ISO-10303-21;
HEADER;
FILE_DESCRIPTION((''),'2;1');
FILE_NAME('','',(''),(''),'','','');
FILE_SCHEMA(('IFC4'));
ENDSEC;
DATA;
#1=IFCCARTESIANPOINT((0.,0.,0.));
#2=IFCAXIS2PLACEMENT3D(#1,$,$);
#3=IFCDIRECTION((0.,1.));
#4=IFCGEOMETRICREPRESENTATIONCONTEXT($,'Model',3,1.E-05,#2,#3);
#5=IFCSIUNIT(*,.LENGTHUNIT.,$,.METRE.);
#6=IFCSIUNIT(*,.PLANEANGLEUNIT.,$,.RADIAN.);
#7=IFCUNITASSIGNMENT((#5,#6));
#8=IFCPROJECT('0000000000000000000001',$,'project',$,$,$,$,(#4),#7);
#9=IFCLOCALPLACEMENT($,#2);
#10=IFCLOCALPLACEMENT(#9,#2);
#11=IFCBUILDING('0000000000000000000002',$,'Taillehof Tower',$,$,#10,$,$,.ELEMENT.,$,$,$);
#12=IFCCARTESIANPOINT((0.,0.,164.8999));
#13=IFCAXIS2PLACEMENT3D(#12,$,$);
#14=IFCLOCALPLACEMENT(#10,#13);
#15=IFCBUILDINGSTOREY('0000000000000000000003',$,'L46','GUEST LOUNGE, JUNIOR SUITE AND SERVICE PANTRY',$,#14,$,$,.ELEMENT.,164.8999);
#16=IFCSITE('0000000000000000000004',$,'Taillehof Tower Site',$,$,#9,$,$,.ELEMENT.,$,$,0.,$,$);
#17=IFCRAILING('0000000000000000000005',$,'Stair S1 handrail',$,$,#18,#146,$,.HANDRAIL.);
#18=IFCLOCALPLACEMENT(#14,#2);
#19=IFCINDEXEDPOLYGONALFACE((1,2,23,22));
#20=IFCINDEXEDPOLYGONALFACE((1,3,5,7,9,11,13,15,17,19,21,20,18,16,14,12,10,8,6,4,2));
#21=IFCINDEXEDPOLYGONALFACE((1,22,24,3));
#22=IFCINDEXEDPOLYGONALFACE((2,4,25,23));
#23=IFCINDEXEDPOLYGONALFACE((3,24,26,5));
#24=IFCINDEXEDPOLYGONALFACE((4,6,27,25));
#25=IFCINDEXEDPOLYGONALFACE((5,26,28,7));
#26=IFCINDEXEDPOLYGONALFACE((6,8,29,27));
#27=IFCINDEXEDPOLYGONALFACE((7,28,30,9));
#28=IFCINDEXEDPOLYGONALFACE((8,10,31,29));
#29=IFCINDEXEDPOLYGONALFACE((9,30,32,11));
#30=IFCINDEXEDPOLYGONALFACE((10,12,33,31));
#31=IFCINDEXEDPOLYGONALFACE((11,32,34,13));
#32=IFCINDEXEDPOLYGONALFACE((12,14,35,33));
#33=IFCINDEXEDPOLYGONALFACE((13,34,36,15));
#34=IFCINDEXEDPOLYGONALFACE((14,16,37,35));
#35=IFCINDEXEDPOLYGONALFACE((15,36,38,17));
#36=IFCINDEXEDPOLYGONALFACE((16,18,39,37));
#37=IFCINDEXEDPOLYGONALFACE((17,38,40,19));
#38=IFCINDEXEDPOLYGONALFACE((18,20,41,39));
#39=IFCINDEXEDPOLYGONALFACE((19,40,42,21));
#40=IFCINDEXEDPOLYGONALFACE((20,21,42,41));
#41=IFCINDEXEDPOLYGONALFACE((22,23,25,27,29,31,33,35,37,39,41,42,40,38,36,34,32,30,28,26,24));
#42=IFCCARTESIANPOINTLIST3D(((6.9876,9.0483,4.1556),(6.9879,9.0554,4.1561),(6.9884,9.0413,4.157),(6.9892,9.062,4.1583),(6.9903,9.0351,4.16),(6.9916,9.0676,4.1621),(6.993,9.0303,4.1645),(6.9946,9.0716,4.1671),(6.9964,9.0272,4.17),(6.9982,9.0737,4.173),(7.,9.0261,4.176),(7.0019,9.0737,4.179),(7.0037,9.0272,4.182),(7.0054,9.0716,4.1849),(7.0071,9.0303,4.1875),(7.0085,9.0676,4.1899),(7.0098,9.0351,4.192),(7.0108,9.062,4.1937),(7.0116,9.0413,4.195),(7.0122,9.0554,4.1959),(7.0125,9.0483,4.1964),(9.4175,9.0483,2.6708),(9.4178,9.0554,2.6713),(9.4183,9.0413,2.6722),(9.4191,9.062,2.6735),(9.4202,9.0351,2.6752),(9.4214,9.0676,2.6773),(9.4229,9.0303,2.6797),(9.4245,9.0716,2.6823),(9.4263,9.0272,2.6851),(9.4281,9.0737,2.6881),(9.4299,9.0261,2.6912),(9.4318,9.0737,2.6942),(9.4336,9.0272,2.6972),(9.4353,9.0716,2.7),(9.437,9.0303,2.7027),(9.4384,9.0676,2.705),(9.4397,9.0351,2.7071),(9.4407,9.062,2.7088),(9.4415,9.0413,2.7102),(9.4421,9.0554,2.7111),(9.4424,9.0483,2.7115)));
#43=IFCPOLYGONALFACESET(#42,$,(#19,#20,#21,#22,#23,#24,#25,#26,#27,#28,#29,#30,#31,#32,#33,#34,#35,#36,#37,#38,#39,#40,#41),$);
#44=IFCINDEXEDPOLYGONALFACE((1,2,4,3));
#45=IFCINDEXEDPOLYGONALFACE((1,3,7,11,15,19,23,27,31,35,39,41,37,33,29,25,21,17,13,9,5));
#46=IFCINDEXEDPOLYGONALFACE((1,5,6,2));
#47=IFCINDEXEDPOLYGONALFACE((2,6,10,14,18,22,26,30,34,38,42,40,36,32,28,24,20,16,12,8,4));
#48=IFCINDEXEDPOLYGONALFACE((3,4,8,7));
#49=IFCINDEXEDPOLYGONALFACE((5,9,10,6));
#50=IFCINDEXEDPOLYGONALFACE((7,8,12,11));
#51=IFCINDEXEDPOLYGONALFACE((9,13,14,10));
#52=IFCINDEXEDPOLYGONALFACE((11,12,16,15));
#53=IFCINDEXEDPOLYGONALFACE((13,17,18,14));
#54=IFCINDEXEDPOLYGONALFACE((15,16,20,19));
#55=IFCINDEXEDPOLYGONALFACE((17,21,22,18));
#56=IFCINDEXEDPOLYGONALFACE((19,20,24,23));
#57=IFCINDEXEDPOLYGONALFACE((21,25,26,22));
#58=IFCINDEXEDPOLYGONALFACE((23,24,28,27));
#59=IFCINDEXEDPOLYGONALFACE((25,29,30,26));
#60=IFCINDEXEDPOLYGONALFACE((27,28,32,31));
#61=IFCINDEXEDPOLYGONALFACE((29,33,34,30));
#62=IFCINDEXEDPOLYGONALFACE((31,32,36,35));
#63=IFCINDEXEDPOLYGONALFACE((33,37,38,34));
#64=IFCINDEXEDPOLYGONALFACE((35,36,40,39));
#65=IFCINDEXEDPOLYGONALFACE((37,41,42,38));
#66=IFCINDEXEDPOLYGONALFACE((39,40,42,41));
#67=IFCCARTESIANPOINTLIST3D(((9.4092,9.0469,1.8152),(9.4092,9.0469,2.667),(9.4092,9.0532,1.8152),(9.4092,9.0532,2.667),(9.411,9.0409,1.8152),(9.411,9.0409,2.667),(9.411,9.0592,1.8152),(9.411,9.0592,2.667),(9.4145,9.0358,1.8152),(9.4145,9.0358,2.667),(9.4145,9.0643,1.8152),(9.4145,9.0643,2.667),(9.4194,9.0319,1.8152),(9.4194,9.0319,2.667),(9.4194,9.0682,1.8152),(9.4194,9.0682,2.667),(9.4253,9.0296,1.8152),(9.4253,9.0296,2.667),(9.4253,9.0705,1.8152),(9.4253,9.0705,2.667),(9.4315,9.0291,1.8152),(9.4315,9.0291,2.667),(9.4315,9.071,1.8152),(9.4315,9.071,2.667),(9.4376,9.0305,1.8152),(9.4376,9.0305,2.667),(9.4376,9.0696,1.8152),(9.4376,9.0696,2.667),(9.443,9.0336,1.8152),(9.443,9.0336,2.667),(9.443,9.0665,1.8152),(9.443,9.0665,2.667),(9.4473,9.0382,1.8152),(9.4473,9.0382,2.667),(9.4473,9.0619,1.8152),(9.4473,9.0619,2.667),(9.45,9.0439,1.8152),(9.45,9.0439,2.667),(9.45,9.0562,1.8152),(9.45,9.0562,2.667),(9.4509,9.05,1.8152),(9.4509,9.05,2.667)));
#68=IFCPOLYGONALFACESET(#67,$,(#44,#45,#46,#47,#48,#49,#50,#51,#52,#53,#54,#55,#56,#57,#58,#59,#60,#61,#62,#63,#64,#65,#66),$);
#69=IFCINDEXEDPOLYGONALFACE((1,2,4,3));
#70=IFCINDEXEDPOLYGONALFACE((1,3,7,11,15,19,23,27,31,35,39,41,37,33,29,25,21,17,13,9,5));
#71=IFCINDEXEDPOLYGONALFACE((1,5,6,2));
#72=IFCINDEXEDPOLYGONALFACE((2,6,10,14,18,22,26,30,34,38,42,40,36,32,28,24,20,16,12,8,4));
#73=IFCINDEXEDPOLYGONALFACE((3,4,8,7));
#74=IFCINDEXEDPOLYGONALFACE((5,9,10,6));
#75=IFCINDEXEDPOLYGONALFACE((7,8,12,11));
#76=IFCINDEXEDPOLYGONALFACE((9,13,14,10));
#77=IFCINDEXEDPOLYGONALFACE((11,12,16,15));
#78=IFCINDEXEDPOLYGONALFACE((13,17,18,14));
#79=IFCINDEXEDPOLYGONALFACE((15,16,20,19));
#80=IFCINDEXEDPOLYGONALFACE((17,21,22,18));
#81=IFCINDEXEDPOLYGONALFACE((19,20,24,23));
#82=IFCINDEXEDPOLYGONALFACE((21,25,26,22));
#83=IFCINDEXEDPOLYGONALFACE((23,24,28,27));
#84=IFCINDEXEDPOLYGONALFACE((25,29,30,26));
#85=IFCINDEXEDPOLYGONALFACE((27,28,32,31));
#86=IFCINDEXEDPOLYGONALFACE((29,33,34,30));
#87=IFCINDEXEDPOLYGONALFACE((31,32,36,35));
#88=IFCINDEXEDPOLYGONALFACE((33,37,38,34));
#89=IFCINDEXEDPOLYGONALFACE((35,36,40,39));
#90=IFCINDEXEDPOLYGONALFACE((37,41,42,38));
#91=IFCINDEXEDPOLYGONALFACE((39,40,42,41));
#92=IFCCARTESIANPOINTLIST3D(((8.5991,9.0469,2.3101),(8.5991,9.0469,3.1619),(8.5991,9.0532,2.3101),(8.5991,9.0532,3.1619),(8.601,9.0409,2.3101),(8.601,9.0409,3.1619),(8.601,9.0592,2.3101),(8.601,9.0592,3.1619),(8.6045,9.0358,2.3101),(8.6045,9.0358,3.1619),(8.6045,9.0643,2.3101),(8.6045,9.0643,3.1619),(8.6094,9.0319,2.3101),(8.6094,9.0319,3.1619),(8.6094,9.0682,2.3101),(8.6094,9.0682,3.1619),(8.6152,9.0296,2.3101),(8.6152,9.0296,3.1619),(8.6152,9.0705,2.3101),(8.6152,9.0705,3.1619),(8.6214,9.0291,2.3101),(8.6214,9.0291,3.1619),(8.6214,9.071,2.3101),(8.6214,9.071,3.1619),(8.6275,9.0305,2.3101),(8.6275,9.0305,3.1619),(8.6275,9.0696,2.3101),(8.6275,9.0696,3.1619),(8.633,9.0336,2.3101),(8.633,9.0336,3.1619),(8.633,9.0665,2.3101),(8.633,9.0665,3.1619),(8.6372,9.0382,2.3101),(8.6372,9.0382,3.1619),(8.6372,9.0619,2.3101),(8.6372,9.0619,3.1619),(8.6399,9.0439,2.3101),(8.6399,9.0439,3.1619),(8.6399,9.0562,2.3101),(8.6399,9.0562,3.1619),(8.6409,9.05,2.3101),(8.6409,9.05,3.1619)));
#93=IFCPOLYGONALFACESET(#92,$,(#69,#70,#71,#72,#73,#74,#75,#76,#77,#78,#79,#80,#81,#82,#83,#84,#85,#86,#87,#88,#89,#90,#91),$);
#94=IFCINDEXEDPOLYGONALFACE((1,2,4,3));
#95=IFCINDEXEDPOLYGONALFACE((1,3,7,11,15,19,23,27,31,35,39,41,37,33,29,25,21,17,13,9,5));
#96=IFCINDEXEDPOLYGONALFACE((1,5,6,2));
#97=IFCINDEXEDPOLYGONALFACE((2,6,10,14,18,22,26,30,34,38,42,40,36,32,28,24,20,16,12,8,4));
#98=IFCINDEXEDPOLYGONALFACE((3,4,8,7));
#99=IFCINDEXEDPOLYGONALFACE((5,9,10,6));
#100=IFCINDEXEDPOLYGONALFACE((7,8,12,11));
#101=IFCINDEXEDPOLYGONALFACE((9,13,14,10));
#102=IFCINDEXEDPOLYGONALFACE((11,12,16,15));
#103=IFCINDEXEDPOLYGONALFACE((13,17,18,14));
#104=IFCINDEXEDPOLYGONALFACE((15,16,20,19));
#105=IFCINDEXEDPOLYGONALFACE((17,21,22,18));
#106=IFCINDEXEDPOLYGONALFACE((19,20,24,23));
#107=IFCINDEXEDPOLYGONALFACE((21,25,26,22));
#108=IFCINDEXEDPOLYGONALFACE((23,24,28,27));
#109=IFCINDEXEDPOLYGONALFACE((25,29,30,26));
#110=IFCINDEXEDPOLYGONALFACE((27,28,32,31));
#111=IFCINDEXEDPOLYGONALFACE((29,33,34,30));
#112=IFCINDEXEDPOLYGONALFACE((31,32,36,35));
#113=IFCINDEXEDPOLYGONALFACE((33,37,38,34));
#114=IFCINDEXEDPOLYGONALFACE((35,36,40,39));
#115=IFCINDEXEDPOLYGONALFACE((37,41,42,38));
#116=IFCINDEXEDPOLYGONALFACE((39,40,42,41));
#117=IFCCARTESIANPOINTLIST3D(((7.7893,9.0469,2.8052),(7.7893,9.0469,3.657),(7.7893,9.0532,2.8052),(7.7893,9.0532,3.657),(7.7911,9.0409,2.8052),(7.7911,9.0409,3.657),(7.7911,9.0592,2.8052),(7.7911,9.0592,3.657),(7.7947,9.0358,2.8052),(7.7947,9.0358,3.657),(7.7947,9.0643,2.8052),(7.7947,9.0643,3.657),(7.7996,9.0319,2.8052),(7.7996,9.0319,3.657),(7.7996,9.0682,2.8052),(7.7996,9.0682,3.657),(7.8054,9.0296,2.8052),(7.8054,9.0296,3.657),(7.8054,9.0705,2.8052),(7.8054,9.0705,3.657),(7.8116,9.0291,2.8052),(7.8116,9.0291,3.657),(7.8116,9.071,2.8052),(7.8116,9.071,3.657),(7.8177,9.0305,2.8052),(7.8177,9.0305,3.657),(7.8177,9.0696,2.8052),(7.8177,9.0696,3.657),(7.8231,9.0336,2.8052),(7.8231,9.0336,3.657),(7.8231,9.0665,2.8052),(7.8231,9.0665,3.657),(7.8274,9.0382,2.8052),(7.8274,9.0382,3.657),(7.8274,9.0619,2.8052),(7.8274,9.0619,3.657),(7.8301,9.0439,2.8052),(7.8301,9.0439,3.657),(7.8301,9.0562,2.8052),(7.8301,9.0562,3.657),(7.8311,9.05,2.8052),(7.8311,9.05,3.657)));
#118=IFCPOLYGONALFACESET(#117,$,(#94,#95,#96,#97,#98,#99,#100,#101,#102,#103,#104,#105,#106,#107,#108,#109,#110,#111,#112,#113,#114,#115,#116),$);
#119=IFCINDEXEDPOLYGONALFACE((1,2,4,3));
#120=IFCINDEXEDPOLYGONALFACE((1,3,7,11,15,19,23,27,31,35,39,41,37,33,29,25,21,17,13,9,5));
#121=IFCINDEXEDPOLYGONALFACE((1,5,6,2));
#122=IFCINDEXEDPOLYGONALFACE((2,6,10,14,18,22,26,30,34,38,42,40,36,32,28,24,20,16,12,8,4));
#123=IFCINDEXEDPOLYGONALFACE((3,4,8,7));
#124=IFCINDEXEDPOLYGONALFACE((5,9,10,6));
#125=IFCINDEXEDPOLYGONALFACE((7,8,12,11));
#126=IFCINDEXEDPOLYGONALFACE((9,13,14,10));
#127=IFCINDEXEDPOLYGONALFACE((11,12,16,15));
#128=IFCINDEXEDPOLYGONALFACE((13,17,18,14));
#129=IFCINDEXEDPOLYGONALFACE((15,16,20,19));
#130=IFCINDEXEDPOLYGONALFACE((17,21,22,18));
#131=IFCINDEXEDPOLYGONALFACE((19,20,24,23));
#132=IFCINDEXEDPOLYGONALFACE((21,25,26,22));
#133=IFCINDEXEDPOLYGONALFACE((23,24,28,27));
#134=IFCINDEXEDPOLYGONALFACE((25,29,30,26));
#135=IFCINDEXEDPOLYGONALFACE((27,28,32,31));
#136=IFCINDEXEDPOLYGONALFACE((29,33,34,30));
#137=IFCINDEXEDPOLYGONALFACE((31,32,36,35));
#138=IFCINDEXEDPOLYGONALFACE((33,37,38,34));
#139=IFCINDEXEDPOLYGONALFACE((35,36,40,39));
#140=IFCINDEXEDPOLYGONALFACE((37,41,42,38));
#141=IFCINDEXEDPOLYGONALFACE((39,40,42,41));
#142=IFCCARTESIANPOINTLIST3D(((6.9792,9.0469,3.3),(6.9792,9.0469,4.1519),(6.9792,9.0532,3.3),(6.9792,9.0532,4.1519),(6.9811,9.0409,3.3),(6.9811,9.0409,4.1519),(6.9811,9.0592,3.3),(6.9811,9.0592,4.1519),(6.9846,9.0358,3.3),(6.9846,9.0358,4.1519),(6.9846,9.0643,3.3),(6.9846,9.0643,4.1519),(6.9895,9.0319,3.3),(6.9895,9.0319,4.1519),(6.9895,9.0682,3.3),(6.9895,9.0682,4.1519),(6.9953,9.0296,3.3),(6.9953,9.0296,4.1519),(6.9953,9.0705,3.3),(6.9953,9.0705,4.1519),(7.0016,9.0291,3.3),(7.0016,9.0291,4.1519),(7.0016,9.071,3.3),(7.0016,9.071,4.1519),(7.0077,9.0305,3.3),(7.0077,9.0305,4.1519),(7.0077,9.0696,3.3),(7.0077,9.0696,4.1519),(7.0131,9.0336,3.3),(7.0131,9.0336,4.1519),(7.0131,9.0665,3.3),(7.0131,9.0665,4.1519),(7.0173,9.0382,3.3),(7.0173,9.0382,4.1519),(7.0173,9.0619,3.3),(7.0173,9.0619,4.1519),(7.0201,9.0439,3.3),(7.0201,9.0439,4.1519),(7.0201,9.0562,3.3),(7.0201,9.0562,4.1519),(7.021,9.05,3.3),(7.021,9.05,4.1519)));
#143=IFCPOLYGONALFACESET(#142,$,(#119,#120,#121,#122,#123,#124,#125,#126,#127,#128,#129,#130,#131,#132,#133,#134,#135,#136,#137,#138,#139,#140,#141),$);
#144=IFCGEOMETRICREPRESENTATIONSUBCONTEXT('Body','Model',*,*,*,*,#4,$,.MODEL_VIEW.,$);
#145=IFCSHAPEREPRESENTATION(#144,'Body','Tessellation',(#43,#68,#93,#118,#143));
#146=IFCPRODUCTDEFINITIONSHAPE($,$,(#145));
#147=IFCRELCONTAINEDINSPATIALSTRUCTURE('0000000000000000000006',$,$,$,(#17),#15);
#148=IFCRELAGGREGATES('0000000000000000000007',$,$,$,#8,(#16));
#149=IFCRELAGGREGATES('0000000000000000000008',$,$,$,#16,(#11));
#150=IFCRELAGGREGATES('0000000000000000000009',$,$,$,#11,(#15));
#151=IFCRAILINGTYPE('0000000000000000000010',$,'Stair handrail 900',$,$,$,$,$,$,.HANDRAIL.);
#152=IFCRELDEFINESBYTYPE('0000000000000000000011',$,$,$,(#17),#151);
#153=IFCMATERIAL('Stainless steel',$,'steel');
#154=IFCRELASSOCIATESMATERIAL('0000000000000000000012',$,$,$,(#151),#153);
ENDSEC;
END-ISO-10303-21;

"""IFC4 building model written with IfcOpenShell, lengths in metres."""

from ifc_helpers import new_model, si_unit, direction, frame, origin, origin_2d, place, context, subcontext, project, spatial, circle, extrude, material, type_object, element, save


model = new_model("IFC4")

# Units and contexts
model_context = context("Model", 3, precision=1e-05, world=origin(), true_north=direction((0.0, 1.0)))
body_context = subcontext(model_context, "Body", "Model", "MODEL_VIEW")
ifc_project = project(units=[si_unit("LENGTHUNIT", "METRE"), si_unit("PLANEANGLEUNIT", "RADIAN")], contexts=[model_context])

# Site, building, storey
site_placement = place(None, origin())
site = spatial("IfcSite", under=ifc_project, at=site_placement, Name="Taillehof Tower Site", CompositionType="ELEMENT", RefElevation=0.0)
building_placement = place(site_placement, origin())
building = spatial("IfcBuilding", under=site, at=building_placement, Name="Taillehof Tower", CompositionType="ELEMENT")
storey_placement = place(building_placement, frame((0.0, 0.0, 164.8999)))
storey = spatial("IfcBuildingStorey", under=building, at=storey_placement, Name="L46", Description="GUEST LOUNGE, JUNIOR SUITE AND SERVICE PANTRY", CompositionType="ELEMENT", Elevation=164.8999)

# Railing
ifc_material_1 = material(Name="Stainless steel", Category="steel")
railing_type = type_object("IfcRailingType", Name="Stair handrail 900", PredefinedType="HANDRAIL", material=ifc_material_1)
railing_placement = place(storey_placement, frame((9.4299, 9.05, 1.8152)))
element("IfcRailing", 1, at=railing_placement, inside=storey, type_object=railing_type, Name="Stair S1 handrail", PredefinedType="HANDRAIL", context=body_context, shape_type="SweptSolid", body=[
    extrude(circle(Radius=0.0239, at=origin_2d()), frame((0.0, 0.0, 0.876), z_axis=(-0.853297, 0.0, 0.521426), x_axis=(0.0, -1.0, 0.0)), (0.0, 0.0, 1.0), 2.8477),
    extrude(circle(Radius=0.021, at=origin_2d()), origin(), (0.0, 0.0, 1.0), 0.8518),
    extrude(circle(Radius=0.021, at=origin_2d()), frame((-0.8101, 0.0, 0.4949)), (0.0, 0.0, 1.0), 0.8518),
    extrude(circle(Radius=0.021, at=origin_2d()), frame((-1.6199, 0.0, 0.99)), (0.0, 0.0, 1.0), 0.8518),
    extrude(circle(Radius=0.021, at=origin_2d()), frame((-2.4299, 0.0, 1.4849)), (0.0, 0.0, 1.0), 0.8518),
])

save(model, "model.ifc")
